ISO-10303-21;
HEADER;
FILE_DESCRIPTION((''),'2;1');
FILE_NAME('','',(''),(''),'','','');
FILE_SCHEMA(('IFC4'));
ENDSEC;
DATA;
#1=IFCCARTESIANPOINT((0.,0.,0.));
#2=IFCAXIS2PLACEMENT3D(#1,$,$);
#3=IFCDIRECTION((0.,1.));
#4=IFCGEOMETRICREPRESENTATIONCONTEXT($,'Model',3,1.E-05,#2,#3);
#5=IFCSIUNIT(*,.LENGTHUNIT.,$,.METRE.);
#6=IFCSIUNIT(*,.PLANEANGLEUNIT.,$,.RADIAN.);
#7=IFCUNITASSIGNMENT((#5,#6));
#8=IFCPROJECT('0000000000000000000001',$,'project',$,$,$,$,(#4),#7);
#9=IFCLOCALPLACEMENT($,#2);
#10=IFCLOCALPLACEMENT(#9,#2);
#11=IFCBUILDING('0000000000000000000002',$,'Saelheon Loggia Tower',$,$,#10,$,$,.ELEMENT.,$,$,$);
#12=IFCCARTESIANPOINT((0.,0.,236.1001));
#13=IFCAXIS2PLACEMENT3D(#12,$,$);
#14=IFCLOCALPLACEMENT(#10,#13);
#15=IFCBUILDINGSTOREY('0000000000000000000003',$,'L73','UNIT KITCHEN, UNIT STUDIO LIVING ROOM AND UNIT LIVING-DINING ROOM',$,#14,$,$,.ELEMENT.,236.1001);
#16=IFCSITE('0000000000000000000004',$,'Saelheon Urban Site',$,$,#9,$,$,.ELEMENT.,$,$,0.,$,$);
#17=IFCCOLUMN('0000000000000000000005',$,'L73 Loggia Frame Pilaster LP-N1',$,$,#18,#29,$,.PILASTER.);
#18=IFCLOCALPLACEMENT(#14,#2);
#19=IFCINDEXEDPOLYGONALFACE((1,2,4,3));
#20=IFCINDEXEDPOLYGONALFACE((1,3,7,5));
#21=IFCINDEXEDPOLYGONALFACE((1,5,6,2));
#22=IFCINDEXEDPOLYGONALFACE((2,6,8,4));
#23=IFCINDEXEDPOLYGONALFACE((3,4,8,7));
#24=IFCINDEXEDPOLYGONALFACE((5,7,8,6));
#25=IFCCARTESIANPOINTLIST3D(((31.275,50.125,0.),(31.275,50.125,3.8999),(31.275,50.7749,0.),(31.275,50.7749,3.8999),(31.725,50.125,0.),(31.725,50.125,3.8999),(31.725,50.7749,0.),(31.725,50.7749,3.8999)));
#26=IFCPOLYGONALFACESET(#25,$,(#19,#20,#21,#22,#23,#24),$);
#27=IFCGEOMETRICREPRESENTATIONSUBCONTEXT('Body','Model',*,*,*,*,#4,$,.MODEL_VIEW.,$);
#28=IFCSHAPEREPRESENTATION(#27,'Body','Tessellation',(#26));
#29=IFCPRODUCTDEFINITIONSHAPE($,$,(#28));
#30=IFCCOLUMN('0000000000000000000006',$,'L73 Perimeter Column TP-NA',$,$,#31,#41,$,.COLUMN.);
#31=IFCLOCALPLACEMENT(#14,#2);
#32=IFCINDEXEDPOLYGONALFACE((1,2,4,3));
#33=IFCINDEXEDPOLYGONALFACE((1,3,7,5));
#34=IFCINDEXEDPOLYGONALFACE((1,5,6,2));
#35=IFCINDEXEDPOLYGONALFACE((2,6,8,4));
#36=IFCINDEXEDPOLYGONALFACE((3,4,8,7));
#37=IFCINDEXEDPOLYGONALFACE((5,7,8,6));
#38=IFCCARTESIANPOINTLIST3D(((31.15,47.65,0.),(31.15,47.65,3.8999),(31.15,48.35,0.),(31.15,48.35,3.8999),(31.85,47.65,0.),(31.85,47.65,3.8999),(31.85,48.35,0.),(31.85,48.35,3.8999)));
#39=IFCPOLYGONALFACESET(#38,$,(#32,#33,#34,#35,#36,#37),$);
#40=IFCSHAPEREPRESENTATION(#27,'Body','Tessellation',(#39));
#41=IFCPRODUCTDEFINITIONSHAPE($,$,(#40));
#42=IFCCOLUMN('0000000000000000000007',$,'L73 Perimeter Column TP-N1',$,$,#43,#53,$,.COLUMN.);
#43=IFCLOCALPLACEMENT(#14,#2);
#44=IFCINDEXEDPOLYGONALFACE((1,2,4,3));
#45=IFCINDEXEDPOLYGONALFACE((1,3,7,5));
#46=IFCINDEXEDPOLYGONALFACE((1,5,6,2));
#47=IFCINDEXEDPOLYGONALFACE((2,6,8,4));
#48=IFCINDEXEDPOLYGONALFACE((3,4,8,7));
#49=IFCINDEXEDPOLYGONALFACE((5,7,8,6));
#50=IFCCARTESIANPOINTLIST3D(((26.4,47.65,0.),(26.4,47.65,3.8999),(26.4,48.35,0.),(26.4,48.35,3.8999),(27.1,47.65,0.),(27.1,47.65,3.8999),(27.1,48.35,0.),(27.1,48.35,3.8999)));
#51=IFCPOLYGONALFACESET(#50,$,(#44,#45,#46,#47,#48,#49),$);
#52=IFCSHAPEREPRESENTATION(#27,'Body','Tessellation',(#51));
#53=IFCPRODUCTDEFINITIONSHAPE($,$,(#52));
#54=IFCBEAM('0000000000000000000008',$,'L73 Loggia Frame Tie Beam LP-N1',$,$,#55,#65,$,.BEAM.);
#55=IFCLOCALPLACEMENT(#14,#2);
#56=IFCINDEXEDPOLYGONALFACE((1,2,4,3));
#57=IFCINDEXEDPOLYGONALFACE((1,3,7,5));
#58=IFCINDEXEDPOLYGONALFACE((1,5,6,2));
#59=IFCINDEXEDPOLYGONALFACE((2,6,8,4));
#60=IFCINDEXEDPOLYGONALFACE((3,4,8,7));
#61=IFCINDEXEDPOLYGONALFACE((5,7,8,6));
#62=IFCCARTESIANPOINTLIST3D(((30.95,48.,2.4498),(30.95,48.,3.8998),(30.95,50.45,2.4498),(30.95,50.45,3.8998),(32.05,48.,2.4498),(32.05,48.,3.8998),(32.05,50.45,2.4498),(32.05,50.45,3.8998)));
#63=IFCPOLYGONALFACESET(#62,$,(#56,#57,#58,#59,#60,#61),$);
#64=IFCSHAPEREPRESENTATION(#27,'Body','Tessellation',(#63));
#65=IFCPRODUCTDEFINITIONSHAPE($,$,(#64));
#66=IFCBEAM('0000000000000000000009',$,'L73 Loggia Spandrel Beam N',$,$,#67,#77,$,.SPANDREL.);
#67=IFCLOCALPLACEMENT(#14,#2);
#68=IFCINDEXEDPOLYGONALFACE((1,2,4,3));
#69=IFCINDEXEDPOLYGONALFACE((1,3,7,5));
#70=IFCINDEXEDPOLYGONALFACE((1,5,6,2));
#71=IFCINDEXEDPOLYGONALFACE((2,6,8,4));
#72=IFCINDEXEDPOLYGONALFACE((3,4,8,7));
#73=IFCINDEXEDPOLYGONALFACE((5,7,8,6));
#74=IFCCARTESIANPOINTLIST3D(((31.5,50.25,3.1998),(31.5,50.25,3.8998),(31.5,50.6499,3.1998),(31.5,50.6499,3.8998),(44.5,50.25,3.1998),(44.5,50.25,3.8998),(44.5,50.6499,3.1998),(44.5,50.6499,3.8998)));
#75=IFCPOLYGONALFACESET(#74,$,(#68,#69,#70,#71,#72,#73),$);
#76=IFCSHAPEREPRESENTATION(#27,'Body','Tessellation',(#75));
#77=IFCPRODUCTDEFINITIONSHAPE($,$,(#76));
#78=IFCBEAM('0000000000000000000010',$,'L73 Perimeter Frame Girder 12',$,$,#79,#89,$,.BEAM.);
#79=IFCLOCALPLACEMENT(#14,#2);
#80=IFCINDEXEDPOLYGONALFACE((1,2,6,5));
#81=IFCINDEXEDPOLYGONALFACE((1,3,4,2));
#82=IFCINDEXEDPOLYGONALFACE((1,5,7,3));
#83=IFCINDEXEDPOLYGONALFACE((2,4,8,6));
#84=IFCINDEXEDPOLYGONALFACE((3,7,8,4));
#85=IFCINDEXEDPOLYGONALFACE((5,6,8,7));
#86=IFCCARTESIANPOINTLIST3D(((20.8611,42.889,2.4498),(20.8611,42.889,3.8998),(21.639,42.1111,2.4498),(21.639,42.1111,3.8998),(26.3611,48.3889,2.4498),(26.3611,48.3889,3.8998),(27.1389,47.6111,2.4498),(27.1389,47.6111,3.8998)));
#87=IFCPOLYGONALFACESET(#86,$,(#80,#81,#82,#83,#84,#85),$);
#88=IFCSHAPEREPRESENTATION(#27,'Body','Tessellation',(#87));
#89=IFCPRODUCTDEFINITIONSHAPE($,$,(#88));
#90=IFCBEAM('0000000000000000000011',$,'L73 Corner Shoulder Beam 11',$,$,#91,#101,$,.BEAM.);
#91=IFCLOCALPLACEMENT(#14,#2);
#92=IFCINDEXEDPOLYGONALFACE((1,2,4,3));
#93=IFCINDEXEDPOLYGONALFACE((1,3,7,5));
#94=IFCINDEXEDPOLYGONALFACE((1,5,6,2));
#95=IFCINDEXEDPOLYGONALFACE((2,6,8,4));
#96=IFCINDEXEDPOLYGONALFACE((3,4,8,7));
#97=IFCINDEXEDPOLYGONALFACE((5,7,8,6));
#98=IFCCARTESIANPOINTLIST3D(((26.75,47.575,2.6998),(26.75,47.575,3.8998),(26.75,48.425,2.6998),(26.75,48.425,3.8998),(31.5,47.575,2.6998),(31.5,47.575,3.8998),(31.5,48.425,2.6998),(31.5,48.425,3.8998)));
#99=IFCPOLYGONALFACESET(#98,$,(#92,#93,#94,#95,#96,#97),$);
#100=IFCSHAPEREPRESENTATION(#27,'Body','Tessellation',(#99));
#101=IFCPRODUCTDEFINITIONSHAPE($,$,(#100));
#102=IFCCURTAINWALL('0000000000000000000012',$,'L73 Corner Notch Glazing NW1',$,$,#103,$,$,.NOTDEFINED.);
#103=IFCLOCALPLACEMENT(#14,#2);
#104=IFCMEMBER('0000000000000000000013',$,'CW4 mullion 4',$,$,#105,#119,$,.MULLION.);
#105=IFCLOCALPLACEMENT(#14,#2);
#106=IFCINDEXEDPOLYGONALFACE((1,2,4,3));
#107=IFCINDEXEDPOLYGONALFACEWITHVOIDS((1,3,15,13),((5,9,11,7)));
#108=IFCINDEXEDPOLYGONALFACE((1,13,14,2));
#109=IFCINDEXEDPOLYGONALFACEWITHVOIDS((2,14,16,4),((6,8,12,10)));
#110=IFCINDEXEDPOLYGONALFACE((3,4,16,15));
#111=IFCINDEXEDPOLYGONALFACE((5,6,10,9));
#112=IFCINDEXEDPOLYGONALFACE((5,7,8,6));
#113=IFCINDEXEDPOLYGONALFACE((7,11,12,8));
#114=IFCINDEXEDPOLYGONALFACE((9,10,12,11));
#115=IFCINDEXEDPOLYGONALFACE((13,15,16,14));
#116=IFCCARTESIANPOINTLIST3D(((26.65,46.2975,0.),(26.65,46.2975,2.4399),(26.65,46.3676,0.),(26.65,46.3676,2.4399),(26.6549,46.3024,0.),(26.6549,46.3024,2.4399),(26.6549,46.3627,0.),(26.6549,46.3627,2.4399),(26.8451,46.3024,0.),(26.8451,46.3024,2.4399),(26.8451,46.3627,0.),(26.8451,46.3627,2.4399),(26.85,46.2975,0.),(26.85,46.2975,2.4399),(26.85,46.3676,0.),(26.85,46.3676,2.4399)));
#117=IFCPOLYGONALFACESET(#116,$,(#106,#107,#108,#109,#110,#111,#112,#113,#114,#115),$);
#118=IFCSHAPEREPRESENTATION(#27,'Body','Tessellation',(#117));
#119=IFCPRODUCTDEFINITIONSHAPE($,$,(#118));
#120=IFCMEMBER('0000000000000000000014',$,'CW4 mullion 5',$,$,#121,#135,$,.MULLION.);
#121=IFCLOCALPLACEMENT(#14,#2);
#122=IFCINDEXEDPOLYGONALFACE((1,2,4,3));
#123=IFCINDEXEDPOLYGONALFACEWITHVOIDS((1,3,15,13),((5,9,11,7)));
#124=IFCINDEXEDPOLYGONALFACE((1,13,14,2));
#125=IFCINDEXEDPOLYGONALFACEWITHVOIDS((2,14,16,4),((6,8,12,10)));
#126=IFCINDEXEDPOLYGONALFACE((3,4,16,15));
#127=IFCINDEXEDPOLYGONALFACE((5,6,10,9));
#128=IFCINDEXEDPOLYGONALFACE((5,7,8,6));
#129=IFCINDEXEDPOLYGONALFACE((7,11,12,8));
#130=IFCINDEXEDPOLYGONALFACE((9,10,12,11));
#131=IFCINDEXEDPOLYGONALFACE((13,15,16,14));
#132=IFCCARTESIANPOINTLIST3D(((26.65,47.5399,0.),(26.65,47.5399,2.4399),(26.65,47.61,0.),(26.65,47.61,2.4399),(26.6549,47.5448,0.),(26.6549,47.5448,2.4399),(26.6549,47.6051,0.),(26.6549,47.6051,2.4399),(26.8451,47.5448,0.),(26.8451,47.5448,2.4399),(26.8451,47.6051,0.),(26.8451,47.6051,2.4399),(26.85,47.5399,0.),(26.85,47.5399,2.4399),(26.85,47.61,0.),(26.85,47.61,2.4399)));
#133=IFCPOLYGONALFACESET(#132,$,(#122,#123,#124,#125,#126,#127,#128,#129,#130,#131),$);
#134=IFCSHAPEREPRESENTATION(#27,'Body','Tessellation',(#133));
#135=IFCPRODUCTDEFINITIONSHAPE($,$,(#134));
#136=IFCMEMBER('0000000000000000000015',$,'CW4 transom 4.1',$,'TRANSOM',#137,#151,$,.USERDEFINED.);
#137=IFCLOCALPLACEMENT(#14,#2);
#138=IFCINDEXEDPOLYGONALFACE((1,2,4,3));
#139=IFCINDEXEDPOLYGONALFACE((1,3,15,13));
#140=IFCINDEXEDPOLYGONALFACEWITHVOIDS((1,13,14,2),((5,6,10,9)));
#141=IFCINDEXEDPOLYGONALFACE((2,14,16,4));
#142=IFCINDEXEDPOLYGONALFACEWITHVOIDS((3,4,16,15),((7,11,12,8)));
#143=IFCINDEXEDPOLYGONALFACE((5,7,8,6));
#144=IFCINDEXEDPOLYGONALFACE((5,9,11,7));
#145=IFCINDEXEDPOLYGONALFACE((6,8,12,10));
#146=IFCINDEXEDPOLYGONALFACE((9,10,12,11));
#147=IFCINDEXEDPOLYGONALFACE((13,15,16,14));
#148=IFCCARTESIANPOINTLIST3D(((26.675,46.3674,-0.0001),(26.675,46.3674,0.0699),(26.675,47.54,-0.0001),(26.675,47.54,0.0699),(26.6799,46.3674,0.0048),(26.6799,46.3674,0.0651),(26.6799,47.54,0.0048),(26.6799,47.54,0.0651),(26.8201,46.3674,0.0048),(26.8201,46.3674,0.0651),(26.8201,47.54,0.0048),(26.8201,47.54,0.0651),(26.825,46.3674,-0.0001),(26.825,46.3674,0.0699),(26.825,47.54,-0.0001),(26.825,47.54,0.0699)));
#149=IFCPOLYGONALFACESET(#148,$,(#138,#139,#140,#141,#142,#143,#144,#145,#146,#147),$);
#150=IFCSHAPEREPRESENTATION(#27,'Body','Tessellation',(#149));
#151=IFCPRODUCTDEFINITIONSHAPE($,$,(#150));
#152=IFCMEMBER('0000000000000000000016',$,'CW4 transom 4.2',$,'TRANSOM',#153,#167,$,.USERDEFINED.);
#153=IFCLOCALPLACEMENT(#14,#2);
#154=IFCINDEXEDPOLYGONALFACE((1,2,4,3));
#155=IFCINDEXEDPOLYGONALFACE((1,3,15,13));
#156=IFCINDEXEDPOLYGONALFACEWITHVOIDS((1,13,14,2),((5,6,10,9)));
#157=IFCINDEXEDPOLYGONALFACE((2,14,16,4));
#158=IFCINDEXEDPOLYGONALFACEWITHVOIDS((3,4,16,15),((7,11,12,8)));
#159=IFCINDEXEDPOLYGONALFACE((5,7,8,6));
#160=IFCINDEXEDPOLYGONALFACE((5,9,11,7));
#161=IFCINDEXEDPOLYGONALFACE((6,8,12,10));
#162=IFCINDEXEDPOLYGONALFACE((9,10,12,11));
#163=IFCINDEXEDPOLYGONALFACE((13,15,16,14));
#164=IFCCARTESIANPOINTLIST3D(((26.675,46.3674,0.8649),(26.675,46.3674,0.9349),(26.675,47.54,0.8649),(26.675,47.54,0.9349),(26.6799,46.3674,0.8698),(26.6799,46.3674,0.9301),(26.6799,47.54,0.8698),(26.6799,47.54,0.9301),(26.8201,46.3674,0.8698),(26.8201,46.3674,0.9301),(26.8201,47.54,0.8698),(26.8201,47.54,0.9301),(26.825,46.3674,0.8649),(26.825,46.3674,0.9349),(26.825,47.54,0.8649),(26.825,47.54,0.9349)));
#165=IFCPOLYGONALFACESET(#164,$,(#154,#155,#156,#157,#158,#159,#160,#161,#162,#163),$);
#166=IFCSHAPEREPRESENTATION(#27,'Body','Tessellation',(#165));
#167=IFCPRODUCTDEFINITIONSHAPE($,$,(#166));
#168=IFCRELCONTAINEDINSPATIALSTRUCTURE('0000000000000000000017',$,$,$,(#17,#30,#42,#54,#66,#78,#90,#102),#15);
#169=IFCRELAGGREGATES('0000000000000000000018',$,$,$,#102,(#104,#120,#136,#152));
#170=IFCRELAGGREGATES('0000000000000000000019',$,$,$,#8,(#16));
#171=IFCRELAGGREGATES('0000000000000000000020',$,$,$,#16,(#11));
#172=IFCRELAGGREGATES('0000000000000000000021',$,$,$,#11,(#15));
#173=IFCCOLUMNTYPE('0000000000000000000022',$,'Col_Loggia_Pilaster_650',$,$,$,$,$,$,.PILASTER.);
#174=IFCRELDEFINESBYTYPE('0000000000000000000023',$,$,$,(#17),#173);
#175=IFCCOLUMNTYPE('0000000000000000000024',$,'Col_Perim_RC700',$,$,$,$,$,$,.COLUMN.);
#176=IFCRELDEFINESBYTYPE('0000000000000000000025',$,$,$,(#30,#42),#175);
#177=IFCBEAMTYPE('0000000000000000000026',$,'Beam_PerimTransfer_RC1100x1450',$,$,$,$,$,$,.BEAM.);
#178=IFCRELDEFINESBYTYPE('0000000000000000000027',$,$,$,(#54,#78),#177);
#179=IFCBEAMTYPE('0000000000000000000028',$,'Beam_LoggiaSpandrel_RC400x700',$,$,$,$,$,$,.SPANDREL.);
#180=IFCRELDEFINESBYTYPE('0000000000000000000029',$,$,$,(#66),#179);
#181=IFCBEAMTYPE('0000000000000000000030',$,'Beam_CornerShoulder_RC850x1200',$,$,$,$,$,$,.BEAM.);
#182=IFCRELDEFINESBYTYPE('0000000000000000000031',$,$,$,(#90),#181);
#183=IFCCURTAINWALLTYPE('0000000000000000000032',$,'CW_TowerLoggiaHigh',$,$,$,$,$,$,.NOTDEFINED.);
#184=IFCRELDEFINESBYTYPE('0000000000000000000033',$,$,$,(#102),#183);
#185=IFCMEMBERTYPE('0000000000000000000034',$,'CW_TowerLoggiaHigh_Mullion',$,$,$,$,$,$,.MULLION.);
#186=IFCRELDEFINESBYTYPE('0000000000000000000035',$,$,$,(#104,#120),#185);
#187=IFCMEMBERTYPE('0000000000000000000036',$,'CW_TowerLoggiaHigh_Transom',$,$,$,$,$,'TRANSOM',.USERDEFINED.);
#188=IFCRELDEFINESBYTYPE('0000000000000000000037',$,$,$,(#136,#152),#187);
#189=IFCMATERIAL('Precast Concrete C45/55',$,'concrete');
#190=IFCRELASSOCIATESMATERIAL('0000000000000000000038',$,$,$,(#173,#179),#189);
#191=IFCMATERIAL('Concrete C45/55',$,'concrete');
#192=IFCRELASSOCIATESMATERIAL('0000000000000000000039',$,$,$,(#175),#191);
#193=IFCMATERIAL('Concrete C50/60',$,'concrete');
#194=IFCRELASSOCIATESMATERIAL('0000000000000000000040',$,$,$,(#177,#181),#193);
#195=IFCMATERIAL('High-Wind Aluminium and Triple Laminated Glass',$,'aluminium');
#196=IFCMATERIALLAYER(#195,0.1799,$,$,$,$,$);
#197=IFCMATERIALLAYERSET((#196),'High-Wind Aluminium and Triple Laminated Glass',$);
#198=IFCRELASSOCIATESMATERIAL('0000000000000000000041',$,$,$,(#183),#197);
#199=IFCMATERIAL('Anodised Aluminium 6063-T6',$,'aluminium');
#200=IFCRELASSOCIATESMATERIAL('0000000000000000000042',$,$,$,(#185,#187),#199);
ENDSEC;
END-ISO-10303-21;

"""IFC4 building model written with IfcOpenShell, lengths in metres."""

from ifc_helpers import new_model, si_unit, direction, frame, origin, origin_2d, place, context, subcontext, project, spatial, rectangle, hollow_rectangle, extrude, source, transform, mapped, material, layer, layer_set, material_profile, profile_set, type_object, element, aggregate, save


model = new_model("IFC4")

# Units and contexts
model_context = context("Model", 3, precision=1e-05, world=origin(), true_north=direction((0.0, 1.0)))
body_context = subcontext(model_context, "Body", "Model", "MODEL_VIEW")
ifc_project = project(units=[si_unit("LENGTHUNIT", "METRE"), si_unit("PLANEANGLEUNIT", "RADIAN")], contexts=[model_context])

# Site, building, storey
site_placement = place(None, origin())
site = spatial("IfcSite", under=ifc_project, at=site_placement, Name="Saelheon Urban Site", CompositionType="ELEMENT", RefElevation=0.0)
building_placement = place(site_placement, origin())
building = spatial("IfcBuilding", under=site, at=building_placement, Name="Saelheon Loggia Tower", CompositionType="ELEMENT")
storey_placement = place(building_placement, frame((0.0, 0.0, 236.1001)))
storey = spatial("IfcBuildingStorey", under=building, at=storey_placement, Name="L73", Description="UNIT KITCHEN, UNIT STUDIO LIVING ROOM AND UNIT LIVING-DINING ROOM", CompositionType="ELEMENT", Elevation=236.1001)

# Columns
ifc_material_1 = material(Name="Precast Concrete C45/55", Category="concrete")
ifc_material_profile_1 = material_profile(ifc_material_1, rectangle(XDim=0.45, YDim=0.6499, at=origin_2d()), Name="RC-450x650")
ifc_profile_set_1 = profile_set([ifc_material_profile_1], Name="Precast Concrete C45/55")
column_type_1 = type_object("IfcColumnType", Name="Col_Loggia_Pilaster_650", PredefinedType="PILASTER", material=ifc_profile_set_1)
shared_shape_1 = source(origin(), body_context, "Body", "SweptSolid", [
    extrude(rectangle(XDim=0.45, YDim=0.6499, at=origin_2d()), origin(), (0.0, 0.0, 1.0), 3.8999),
])
column_placement = place(storey_placement, frame((31.5, 50.45, 0.0), z_axis=(0.0, 0.0, 1.0), x_axis=(1.0, 0.0, 0.0)))
element("IfcColumn", 1, at=column_placement, inside=storey, type_object=column_type_1, Name="L73 Loggia Frame Pilaster LP-N1", PredefinedType="PILASTER", context=body_context, shape_type="MappedRepresentation", body=[
    mapped(shared_shape_1, transform((0.0, 0.0, 0.0), scale=1.0)),
])
ifc_material_2 = material(Name="Concrete C45/55", Category="concrete")
ifc_material_profile_2 = material_profile(ifc_material_2, rectangle(XDim=0.7, YDim=0.7, at=origin_2d()), Name="RC-700x700")
ifc_profile_set_2 = profile_set([ifc_material_profile_2], Name="Concrete C45/55")
column_type_2 = type_object("IfcColumnType", Name="Col_Perim_RC700", PredefinedType="COLUMN", material=ifc_profile_set_2)
shared_shape_2 = source(origin(), body_context, "Body", "SweptSolid", [
    extrude(rectangle(XDim=0.7, YDim=0.7, at=origin_2d()), origin(), (0.0, 0.0, 1.0), 3.8999),
])
for number, where, z_axis, x_axis, name in (
    (2, (31.5, 48.0, 0.0), (0.0, 0.0, 1.0), (1.0, 0.0, 0.0), "L73 Perimeter Column TP-NA"),
    (3, (26.75, 48.0, 0.0), (0.0, 0.0, 1.0), (1.0, 0.0, 0.0), "L73 Perimeter Column TP-N1"),
):
    element("IfcColumn", number, at=place(storey_placement, frame(where, z_axis=z_axis, x_axis=x_axis)), inside=storey, type_object=column_type_2, Name=name, PredefinedType="COLUMN", context=body_context, shape_type="MappedRepresentation", body=[
        mapped(shared_shape_2, transform((0.0, 0.0, 0.0), scale=1.0)),
    ])

# Beams
ifc_material_3 = material(Name="Concrete C50/60", Category="concrete")
ifc_material_profile_3 = material_profile(ifc_material_3, rectangle(XDim=1.1001, YDim=1.45, at=origin_2d()), Name="RC-1100x1450")
ifc_profile_set_3 = profile_set([ifc_material_profile_3], Name="Concrete C50/60")
beam_type_1 = type_object("IfcBeamType", Name="Beam_PerimTransfer_RC1100x1450", PredefinedType="BEAM", material=ifc_profile_set_3)
shared_shape_3 = source(origin(), body_context, "Body", "SweptSolid", [
    extrude(rectangle(XDim=1.1001, YDim=1.45, at=origin_2d()), origin(), (0.0, 0.0, 1.0), 2.45),
])
beam_1_placement = place(storey_placement, frame((31.5, 48.0, 3.1748), z_axis=(0.0, 1.0, 0.0), x_axis=(-1.0, 0.0, 0.0)))
element("IfcBeam", 4, at=beam_1_placement, inside=storey, type_object=beam_type_1, Name="L73 Loggia Frame Tie Beam LP-N1", PredefinedType="BEAM", context=body_context, shape_type="MappedRepresentation", body=[
    mapped(shared_shape_3, transform((0.0, 0.0, 0.0), scale=1.0)),
])
ifc_material_profile_4 = material_profile(ifc_material_1, rectangle(XDim=0.3999, YDim=0.7, at=origin_2d()), Name="RC-400x700")
ifc_profile_set_4 = profile_set([ifc_material_profile_4], Name="Precast Concrete C45/55")
beam_type_2 = type_object("IfcBeamType", Name="Beam_LoggiaSpandrel_RC400x700", PredefinedType="SPANDREL", material=ifc_profile_set_4)
shared_shape_4 = source(origin(), body_context, "Body", "SweptSolid", [
    extrude(rectangle(XDim=0.3999, YDim=0.7, at=origin_2d()), origin(), (0.0, 0.0, 1.0), 13.0),
])
beam_2_placement = place(storey_placement, frame((31.5, 50.45, 3.5498), z_axis=(1.0, 0.0, 0.0), x_axis=(0.0, 1.0, 0.0)))
element("IfcBeam", 5, at=beam_2_placement, inside=storey, type_object=beam_type_2, Name="L73 Loggia Spandrel Beam N", PredefinedType="SPANDREL", context=body_context, shape_type="MappedRepresentation", body=[
    mapped(shared_shape_4, transform((0.0, 0.0, 0.0), scale=1.0)),
])
shared_shape_5 = source(origin(), body_context, "Body", "SweptSolid", [
    extrude(rectangle(XDim=1.1001, YDim=1.45, at=origin_2d()), origin(), (0.0, 0.0, 1.0), 7.7781),
])
beam_3_placement = place(storey_placement, frame((26.75, 48.0, 3.1748), z_axis=(-0.707107, -0.707107, 0.0), x_axis=(0.707107, -0.707107, 0.0)))
element("IfcBeam", 6, at=beam_3_placement, inside=storey, type_object=beam_type_1, Name="L73 Perimeter Frame Girder 12", PredefinedType="BEAM", context=body_context, shape_type="MappedRepresentation", body=[
    mapped(shared_shape_5, transform((0.0, 0.0, 0.0), scale=1.0)),
])
ifc_material_profile_5 = material_profile(ifc_material_3, rectangle(XDim=0.8501, YDim=1.2, at=origin_2d()), Name="RC-850x1200")
ifc_profile_set_5 = profile_set([ifc_material_profile_5], Name="Concrete C50/60")
beam_type_3 = type_object("IfcBeamType", Name="Beam_CornerShoulder_RC850x1200", PredefinedType="BEAM", material=ifc_profile_set_5)
shared_shape_6 = source(origin(), body_context, "Body", "SweptSolid", [
    extrude(rectangle(XDim=0.8501, YDim=1.2, at=origin_2d()), origin(), (0.0, 0.0, 1.0), 4.75),
])
beam_4_placement = place(storey_placement, frame((31.5, 48.0, 3.2998), z_axis=(-1.0, 0.0, 0.0), x_axis=(0.0, -1.0, 0.0)))
element("IfcBeam", 7, at=beam_4_placement, inside=storey, type_object=beam_type_3, Name="L73 Corner Shoulder Beam 11", PredefinedType="BEAM", context=body_context, shape_type="MappedRepresentation", body=[
    mapped(shared_shape_6, transform((0.0, 0.0, 0.0), scale=1.0)),
])

# Curtain wall, members
ifc_material_4 = material(Name="High-Wind Aluminium and Triple Laminated Glass", Category="aluminium")
ifc_layer_1 = layer(ifc_material_4, 0.1799)
ifc_layer_set_1 = layer_set([ifc_layer_1], Name="High-Wind Aluminium and Triple Laminated Glass")
curtain_wall_type = type_object("IfcCurtainWallType", Name="CW_TowerLoggiaHigh", PredefinedType="NOTDEFINED", material=ifc_layer_set_1)
curtain_wall_placement = place(storey_placement, origin())
curtain_wall = element("IfcCurtainWall", 8, at=curtain_wall_placement, inside=storey, type_object=curtain_wall_type, Name="L73 Corner Notch Glazing NW1", PredefinedType="NOTDEFINED")
ifc_material_5 = material(Name="Anodised Aluminium 6063-T6", Category="aluminium")
ifc_material_profile_6 = material_profile(ifc_material_5, hollow_rectangle(XDim=0.0701, YDim=0.2, WallThickness=0.0049, at=origin_2d()), Name="RHS-200x70x5")
ifc_profile_set_6 = profile_set([ifc_material_profile_6], Name="Anodised Aluminium 6063-T6")
member_type_1 = type_object("IfcMemberType", Name="CW_TowerLoggiaHigh_Mullion", PredefinedType="MULLION", material=ifc_profile_set_6)
shared_shape_7 = source(origin(), body_context, "Body", "SweptSolid", [
    extrude(hollow_rectangle(XDim=0.0701, YDim=0.2, WallThickness=0.0049, at=origin_2d()), origin(), (0.0, 0.0, 1.0), 2.4399),
])
member_1_placement = place(storey_placement, frame((26.75, 46.3325, 0.0), z_axis=(0.0, 0.0, 1.0), x_axis=(0.0, 1.0, 0.0)))
member_1 = element("IfcMember", 9, at=member_1_placement, type_object=member_type_1, Name="CW4 mullion 4", PredefinedType="MULLION", context=body_context, shape_type="MappedRepresentation", body=[
    mapped(shared_shape_7, transform((0.0, 0.0, 0.0), scale=1.0)),
])
member_2_placement = place(storey_placement, frame((26.75, 47.575, 0.0), z_axis=(0.0, 0.0, 1.0), x_axis=(0.0, 1.0, 0.0)))
member_2 = element("IfcMember", 10, at=member_2_placement, type_object=member_type_1, Name="CW4 mullion 5", PredefinedType="MULLION", context=body_context, shape_type="MappedRepresentation", body=[
    mapped(shared_shape_7, transform((0.0, 0.0, 0.0), scale=1.0)),
])
ifc_material_profile_7 = material_profile(ifc_material_5, hollow_rectangle(XDim=0.0701, YDim=0.1499, WallThickness=0.0049, at=origin_2d()), Name="RHS-150x70x5")
ifc_profile_set_7 = profile_set([ifc_material_profile_7], Name="Anodised Aluminium 6063-T6")
member_type_2 = type_object("IfcMemberType", Name="CW_TowerLoggiaHigh_Transom", ElementType="TRANSOM", PredefinedType="USERDEFINED", material=ifc_profile_set_7)
shared_shape_8 = source(origin(), body_context, "Body", "SweptSolid", [
    extrude(hollow_rectangle(XDim=0.0701, YDim=0.1499, WallThickness=0.0049, at=origin_2d()), origin(), (0.0, 0.0, 1.0), 1.1726),
])
member_3_placement = place(storey_placement, frame((26.75, 46.3674, 0.0349), z_axis=(0.0, 1.0, 0.0), x_axis=(0.0, 0.0, 1.0)))
member_3 = element("IfcMember", 11, at=member_3_placement, type_object=member_type_2, Name="CW4 transom 4.1", ObjectType="TRANSOM", PredefinedType="USERDEFINED", context=body_context, shape_type="MappedRepresentation", body=[
    mapped(shared_shape_8, transform((0.0, 0.0, 0.0), scale=1.0)),
])
member_4_placement = place(storey_placement, frame((26.75, 46.3674, 0.8999), z_axis=(0.0, 1.0, 0.0), x_axis=(0.0, 0.0, 1.0)))
member_4 = element("IfcMember", 12, at=member_4_placement, type_object=member_type_2, Name="CW4 transom 4.2", ObjectType="TRANSOM", PredefinedType="USERDEFINED", context=body_context, shape_type="MappedRepresentation", body=[
    mapped(shared_shape_8, transform((0.0, 0.0, 0.0), scale=1.0)),
])
aggregate(curtain_wall, [member_1, member_2, member_3, member_4])

save(model, "model.ifc")
